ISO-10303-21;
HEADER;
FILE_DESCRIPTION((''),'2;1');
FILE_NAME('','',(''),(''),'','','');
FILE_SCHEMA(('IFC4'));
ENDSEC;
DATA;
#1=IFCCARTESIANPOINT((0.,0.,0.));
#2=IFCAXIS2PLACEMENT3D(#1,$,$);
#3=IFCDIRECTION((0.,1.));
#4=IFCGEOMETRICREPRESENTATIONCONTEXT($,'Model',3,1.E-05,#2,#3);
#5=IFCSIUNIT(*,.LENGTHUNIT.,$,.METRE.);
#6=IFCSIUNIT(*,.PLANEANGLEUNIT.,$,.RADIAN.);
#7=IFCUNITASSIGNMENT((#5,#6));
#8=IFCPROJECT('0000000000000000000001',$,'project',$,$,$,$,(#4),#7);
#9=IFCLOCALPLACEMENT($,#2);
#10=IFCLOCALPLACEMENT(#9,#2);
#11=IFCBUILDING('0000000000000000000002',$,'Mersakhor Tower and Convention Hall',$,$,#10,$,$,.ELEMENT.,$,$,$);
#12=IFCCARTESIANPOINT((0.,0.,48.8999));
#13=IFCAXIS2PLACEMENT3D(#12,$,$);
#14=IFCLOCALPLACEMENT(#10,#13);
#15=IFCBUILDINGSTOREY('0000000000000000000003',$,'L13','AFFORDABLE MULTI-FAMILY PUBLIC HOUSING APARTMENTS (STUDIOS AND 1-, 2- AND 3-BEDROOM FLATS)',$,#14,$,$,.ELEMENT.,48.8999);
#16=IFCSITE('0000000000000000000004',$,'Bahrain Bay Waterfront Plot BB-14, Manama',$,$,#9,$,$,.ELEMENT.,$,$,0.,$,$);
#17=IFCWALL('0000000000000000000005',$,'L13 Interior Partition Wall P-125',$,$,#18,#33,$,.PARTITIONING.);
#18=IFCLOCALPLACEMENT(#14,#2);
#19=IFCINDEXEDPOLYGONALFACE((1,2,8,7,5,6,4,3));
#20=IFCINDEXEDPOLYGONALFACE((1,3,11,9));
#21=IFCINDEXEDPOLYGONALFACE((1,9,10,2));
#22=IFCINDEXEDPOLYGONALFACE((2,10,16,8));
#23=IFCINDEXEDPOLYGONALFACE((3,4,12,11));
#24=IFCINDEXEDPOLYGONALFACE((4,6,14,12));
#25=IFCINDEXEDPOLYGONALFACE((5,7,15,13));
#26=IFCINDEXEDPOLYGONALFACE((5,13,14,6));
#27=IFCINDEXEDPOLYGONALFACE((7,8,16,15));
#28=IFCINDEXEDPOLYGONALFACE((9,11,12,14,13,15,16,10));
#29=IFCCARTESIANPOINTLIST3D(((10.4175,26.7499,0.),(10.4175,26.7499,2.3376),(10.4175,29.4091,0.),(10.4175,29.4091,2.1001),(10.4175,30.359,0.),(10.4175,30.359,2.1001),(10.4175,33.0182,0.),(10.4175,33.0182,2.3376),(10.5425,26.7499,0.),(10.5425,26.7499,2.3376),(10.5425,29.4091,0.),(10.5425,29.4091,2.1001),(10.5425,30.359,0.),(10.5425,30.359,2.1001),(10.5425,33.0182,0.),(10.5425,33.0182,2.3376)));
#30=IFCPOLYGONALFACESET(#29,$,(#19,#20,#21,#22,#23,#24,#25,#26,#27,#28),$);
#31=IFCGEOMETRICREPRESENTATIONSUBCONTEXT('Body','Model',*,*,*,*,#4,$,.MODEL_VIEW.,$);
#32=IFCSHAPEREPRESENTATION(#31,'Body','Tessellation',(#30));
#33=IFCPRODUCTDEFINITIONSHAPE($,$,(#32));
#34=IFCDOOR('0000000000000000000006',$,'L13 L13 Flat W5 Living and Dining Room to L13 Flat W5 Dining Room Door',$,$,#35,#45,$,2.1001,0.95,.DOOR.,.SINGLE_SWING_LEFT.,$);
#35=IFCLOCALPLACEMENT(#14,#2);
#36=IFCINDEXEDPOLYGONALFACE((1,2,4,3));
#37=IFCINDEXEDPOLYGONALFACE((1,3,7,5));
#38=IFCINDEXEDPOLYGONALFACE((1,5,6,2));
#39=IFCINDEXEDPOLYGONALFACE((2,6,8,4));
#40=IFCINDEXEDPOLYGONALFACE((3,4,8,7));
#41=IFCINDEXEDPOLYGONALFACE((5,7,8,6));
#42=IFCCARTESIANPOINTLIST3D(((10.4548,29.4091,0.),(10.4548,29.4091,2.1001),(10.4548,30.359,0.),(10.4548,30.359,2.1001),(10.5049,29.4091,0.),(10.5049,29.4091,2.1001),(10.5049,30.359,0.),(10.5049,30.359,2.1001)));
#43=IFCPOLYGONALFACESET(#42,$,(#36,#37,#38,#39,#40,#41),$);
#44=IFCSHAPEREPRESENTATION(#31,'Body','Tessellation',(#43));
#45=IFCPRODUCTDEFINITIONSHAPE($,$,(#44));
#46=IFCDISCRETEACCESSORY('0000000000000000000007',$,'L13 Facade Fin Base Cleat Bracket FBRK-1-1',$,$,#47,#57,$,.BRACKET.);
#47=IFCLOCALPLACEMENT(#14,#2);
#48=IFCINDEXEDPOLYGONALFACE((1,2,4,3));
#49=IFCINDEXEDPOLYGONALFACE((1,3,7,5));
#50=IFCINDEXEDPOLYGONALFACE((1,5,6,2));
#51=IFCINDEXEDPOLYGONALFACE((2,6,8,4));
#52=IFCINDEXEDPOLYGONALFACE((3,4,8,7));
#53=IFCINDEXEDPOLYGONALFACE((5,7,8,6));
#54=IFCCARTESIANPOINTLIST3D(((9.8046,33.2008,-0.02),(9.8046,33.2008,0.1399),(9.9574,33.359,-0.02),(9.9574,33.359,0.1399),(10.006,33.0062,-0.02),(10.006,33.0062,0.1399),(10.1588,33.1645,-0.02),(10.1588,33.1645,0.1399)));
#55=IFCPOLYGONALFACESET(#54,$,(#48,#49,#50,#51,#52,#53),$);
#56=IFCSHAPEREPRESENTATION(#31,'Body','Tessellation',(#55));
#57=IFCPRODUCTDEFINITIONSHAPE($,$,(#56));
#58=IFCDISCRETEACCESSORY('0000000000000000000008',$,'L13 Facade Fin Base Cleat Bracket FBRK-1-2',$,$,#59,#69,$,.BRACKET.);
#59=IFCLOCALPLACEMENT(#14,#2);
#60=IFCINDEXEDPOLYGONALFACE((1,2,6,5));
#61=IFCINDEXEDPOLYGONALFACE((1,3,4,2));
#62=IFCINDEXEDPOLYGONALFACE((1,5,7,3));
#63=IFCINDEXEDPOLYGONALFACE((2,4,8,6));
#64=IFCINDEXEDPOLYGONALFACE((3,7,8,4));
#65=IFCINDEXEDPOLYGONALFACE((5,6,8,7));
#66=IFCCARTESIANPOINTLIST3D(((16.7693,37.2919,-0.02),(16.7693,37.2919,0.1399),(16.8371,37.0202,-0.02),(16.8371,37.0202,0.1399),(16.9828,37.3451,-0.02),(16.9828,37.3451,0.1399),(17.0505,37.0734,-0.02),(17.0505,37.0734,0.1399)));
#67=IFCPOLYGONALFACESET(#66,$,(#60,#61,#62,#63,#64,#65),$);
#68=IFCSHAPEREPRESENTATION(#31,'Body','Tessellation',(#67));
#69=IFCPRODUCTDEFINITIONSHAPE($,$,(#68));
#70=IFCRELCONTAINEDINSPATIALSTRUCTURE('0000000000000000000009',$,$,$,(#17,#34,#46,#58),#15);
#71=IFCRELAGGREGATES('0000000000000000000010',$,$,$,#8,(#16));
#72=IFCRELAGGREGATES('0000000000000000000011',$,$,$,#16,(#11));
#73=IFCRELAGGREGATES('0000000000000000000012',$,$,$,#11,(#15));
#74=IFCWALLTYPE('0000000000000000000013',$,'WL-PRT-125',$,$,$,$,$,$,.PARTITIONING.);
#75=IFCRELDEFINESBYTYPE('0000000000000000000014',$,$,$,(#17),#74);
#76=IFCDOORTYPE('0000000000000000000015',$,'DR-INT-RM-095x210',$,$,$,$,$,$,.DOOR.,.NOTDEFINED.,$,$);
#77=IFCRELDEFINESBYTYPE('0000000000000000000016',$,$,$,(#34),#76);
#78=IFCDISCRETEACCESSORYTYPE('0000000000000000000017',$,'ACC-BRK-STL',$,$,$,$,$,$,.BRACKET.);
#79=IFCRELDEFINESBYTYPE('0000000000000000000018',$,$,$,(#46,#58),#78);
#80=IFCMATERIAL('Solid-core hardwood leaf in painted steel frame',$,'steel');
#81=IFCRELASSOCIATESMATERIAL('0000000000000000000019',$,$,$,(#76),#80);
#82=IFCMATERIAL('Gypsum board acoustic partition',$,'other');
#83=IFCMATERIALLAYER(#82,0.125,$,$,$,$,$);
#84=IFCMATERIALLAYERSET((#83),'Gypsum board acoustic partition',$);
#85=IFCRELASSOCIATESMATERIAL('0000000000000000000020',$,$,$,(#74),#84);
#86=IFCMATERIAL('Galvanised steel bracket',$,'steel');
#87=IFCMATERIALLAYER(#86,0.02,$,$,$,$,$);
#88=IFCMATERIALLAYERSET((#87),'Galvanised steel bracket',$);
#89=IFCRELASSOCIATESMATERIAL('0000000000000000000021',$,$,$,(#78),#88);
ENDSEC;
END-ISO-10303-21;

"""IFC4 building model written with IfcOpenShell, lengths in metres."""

from ifc_helpers import new_model, si_unit, direction, frame, frame_2d, origin, origin_2d, place, context, subcontext, project, spatial, rectangle, extrude, material, layer, layer_set, type_object, element, fill, save


model = new_model("IFC4")

# Units and contexts
model_context = context("Model", 3, precision=1e-05, world=origin(), true_north=direction((0.0, 1.0)))
body_context = subcontext(model_context, "Body", "Model", "MODEL_VIEW")
ifc_project = project(units=[si_unit("LENGTHUNIT", "METRE"), si_unit("PLANEANGLEUNIT", "RADIAN")], contexts=[model_context])

# Site, building, storey
site_placement = place(None, origin())
site = spatial("IfcSite", under=ifc_project, at=site_placement, Name="Bahrain Bay Waterfront Plot BB-14, Manama", CompositionType="ELEMENT", RefElevation=0.0)
building_placement = place(site_placement, origin())
building = spatial("IfcBuilding", under=site, at=building_placement, Name="Mersakhor Tower and Convention Hall", CompositionType="ELEMENT")
storey_placement = place(building_placement, frame((0.0, 0.0, 48.8999)))
storey = spatial("IfcBuildingStorey", under=building, at=storey_placement, Name="L13", Description="AFFORDABLE MULTI-FAMILY PUBLIC HOUSING APARTMENTS (STUDIOS AND 1-, 2- AND 3-BEDROOM FLATS)", CompositionType="ELEMENT", Elevation=48.8999)

# Wall, opening, door
ifc_material_1 = material(Name="Solid-core hardwood leaf in painted steel frame", Category="steel")
door_type_1 = type_object("IfcDoorType", Name="DR-INT-RM-095x210", OperationType="NOTDEFINED", PredefinedType="DOOR", material=ifc_material_1)
ifc_material_2 = material(Name="Gypsum board acoustic partition", Category="other")
ifc_layer_1 = layer(ifc_material_2, 0.125)
ifc_layer_set_1 = layer_set([ifc_layer_1], Name="Gypsum board acoustic partition")
wall_type_1 = type_object("IfcWallType", Name="WL-PRT-125", PredefinedType="PARTITIONING", material=ifc_layer_set_1)
wall_1_placement = place(storey_placement, frame((10.48, 33.0183, 0.0), z_axis=(0.0, 0.0, 1.0), x_axis=(0.0, -1.0, 0.0)))
wall_1 = element("IfcWall", 1, at=wall_1_placement, inside=storey, type_object=wall_type_1, Name="L13 Interior Partition Wall P-125", PredefinedType="PARTITIONING", context=body_context, shape_type="SweptSolid", body=[
    extrude(rectangle(XDim=6.2683, YDim=0.125, at=frame_2d((3.1343, 0.0))), origin(), (0.0, 0.0, 1.0), 2.3376),
])
opening_1_placement = place(wall_1_placement, frame((2.6592, 0.0, 0.0)))
opening_1 = element("IfcOpeningElement", 2, at=opening_1_placement, cuts=wall_1, PredefinedType="OPENING", context=body_context, shape_type="SweptSolid", body=[
    extrude(rectangle(XDim=0.95, YDim=2.1001, at=frame_2d((0.4751, 1.05))), frame((0.0, 0.0725, 0.0), z_axis=(0.0, -1.0, 0.0), x_axis=(1.0, 0.0, 0.0)), (0.0, 0.0, 1.0), 0.145),
])
door_1_placement = place(opening_1_placement, origin())
door_1 = element("IfcDoor", 3, at=door_1_placement, inside=storey, type_object=door_type_1, Name="L13 L13 Flat W5 Living and Dining Room to L13 Flat W5 Dining Room Door", OperationType="SINGLE_SWING_LEFT", OverallHeight=2.1001, OverallWidth=0.95, PredefinedType="DOOR", context=body_context, shape_type="SweptSolid", body=[
    extrude(rectangle(XDim=0.95, YDim=2.1001, at=frame_2d((0.4751, 1.05))), frame((0.0, 0.0249, 0.0), z_axis=(0.0, -1.0, 0.0), x_axis=(1.0, 0.0, 0.0)), (0.0, 0.0, 1.0), 0.05),
])
fill(opening_1, door_1)

# Discrete accessories
ifc_material_3 = material(Name="Galvanised steel bracket", Category="steel")
ifc_layer_2 = layer(ifc_material_3, 0.02)
ifc_layer_set_2 = layer_set([ifc_layer_2], Name="Galvanised steel bracket")
discrete_accessory_type = type_object("IfcDiscreteAccessoryType", Name="ACC-BRK-STL", PredefinedType="BRACKET", material=ifc_layer_set_2)
for number, where, z_axis, x_axis, name in (
    (4, (9.9817, 33.1826, -0.02), (0.0, 0.0, 1.0), (-0.71934, 0.694658, 0.0), "L13 Facade Fin Base Cleat Bracket FBRK-1-1"),
    (5, (16.9099, 37.1826, -0.02), (0.0, 0.0, 1.0), (-0.241922, 0.970296, 0.0), "L13 Facade Fin Base Cleat Bracket FBRK-1-2"),
):
    element("IfcDiscreteAccessory", number, at=place(storey_placement, frame(where, z_axis=z_axis, x_axis=x_axis)), inside=storey, type_object=discrete_accessory_type, Name=name, PredefinedType="BRACKET", context=body_context, shape_type="SweptSolid", body=[
        extrude(rectangle(XDim=0.28, YDim=0.22, at=origin_2d()), origin(), (0.0, 0.0, 1.0), 0.1599),
    ])

save(model, "model.ifc")
